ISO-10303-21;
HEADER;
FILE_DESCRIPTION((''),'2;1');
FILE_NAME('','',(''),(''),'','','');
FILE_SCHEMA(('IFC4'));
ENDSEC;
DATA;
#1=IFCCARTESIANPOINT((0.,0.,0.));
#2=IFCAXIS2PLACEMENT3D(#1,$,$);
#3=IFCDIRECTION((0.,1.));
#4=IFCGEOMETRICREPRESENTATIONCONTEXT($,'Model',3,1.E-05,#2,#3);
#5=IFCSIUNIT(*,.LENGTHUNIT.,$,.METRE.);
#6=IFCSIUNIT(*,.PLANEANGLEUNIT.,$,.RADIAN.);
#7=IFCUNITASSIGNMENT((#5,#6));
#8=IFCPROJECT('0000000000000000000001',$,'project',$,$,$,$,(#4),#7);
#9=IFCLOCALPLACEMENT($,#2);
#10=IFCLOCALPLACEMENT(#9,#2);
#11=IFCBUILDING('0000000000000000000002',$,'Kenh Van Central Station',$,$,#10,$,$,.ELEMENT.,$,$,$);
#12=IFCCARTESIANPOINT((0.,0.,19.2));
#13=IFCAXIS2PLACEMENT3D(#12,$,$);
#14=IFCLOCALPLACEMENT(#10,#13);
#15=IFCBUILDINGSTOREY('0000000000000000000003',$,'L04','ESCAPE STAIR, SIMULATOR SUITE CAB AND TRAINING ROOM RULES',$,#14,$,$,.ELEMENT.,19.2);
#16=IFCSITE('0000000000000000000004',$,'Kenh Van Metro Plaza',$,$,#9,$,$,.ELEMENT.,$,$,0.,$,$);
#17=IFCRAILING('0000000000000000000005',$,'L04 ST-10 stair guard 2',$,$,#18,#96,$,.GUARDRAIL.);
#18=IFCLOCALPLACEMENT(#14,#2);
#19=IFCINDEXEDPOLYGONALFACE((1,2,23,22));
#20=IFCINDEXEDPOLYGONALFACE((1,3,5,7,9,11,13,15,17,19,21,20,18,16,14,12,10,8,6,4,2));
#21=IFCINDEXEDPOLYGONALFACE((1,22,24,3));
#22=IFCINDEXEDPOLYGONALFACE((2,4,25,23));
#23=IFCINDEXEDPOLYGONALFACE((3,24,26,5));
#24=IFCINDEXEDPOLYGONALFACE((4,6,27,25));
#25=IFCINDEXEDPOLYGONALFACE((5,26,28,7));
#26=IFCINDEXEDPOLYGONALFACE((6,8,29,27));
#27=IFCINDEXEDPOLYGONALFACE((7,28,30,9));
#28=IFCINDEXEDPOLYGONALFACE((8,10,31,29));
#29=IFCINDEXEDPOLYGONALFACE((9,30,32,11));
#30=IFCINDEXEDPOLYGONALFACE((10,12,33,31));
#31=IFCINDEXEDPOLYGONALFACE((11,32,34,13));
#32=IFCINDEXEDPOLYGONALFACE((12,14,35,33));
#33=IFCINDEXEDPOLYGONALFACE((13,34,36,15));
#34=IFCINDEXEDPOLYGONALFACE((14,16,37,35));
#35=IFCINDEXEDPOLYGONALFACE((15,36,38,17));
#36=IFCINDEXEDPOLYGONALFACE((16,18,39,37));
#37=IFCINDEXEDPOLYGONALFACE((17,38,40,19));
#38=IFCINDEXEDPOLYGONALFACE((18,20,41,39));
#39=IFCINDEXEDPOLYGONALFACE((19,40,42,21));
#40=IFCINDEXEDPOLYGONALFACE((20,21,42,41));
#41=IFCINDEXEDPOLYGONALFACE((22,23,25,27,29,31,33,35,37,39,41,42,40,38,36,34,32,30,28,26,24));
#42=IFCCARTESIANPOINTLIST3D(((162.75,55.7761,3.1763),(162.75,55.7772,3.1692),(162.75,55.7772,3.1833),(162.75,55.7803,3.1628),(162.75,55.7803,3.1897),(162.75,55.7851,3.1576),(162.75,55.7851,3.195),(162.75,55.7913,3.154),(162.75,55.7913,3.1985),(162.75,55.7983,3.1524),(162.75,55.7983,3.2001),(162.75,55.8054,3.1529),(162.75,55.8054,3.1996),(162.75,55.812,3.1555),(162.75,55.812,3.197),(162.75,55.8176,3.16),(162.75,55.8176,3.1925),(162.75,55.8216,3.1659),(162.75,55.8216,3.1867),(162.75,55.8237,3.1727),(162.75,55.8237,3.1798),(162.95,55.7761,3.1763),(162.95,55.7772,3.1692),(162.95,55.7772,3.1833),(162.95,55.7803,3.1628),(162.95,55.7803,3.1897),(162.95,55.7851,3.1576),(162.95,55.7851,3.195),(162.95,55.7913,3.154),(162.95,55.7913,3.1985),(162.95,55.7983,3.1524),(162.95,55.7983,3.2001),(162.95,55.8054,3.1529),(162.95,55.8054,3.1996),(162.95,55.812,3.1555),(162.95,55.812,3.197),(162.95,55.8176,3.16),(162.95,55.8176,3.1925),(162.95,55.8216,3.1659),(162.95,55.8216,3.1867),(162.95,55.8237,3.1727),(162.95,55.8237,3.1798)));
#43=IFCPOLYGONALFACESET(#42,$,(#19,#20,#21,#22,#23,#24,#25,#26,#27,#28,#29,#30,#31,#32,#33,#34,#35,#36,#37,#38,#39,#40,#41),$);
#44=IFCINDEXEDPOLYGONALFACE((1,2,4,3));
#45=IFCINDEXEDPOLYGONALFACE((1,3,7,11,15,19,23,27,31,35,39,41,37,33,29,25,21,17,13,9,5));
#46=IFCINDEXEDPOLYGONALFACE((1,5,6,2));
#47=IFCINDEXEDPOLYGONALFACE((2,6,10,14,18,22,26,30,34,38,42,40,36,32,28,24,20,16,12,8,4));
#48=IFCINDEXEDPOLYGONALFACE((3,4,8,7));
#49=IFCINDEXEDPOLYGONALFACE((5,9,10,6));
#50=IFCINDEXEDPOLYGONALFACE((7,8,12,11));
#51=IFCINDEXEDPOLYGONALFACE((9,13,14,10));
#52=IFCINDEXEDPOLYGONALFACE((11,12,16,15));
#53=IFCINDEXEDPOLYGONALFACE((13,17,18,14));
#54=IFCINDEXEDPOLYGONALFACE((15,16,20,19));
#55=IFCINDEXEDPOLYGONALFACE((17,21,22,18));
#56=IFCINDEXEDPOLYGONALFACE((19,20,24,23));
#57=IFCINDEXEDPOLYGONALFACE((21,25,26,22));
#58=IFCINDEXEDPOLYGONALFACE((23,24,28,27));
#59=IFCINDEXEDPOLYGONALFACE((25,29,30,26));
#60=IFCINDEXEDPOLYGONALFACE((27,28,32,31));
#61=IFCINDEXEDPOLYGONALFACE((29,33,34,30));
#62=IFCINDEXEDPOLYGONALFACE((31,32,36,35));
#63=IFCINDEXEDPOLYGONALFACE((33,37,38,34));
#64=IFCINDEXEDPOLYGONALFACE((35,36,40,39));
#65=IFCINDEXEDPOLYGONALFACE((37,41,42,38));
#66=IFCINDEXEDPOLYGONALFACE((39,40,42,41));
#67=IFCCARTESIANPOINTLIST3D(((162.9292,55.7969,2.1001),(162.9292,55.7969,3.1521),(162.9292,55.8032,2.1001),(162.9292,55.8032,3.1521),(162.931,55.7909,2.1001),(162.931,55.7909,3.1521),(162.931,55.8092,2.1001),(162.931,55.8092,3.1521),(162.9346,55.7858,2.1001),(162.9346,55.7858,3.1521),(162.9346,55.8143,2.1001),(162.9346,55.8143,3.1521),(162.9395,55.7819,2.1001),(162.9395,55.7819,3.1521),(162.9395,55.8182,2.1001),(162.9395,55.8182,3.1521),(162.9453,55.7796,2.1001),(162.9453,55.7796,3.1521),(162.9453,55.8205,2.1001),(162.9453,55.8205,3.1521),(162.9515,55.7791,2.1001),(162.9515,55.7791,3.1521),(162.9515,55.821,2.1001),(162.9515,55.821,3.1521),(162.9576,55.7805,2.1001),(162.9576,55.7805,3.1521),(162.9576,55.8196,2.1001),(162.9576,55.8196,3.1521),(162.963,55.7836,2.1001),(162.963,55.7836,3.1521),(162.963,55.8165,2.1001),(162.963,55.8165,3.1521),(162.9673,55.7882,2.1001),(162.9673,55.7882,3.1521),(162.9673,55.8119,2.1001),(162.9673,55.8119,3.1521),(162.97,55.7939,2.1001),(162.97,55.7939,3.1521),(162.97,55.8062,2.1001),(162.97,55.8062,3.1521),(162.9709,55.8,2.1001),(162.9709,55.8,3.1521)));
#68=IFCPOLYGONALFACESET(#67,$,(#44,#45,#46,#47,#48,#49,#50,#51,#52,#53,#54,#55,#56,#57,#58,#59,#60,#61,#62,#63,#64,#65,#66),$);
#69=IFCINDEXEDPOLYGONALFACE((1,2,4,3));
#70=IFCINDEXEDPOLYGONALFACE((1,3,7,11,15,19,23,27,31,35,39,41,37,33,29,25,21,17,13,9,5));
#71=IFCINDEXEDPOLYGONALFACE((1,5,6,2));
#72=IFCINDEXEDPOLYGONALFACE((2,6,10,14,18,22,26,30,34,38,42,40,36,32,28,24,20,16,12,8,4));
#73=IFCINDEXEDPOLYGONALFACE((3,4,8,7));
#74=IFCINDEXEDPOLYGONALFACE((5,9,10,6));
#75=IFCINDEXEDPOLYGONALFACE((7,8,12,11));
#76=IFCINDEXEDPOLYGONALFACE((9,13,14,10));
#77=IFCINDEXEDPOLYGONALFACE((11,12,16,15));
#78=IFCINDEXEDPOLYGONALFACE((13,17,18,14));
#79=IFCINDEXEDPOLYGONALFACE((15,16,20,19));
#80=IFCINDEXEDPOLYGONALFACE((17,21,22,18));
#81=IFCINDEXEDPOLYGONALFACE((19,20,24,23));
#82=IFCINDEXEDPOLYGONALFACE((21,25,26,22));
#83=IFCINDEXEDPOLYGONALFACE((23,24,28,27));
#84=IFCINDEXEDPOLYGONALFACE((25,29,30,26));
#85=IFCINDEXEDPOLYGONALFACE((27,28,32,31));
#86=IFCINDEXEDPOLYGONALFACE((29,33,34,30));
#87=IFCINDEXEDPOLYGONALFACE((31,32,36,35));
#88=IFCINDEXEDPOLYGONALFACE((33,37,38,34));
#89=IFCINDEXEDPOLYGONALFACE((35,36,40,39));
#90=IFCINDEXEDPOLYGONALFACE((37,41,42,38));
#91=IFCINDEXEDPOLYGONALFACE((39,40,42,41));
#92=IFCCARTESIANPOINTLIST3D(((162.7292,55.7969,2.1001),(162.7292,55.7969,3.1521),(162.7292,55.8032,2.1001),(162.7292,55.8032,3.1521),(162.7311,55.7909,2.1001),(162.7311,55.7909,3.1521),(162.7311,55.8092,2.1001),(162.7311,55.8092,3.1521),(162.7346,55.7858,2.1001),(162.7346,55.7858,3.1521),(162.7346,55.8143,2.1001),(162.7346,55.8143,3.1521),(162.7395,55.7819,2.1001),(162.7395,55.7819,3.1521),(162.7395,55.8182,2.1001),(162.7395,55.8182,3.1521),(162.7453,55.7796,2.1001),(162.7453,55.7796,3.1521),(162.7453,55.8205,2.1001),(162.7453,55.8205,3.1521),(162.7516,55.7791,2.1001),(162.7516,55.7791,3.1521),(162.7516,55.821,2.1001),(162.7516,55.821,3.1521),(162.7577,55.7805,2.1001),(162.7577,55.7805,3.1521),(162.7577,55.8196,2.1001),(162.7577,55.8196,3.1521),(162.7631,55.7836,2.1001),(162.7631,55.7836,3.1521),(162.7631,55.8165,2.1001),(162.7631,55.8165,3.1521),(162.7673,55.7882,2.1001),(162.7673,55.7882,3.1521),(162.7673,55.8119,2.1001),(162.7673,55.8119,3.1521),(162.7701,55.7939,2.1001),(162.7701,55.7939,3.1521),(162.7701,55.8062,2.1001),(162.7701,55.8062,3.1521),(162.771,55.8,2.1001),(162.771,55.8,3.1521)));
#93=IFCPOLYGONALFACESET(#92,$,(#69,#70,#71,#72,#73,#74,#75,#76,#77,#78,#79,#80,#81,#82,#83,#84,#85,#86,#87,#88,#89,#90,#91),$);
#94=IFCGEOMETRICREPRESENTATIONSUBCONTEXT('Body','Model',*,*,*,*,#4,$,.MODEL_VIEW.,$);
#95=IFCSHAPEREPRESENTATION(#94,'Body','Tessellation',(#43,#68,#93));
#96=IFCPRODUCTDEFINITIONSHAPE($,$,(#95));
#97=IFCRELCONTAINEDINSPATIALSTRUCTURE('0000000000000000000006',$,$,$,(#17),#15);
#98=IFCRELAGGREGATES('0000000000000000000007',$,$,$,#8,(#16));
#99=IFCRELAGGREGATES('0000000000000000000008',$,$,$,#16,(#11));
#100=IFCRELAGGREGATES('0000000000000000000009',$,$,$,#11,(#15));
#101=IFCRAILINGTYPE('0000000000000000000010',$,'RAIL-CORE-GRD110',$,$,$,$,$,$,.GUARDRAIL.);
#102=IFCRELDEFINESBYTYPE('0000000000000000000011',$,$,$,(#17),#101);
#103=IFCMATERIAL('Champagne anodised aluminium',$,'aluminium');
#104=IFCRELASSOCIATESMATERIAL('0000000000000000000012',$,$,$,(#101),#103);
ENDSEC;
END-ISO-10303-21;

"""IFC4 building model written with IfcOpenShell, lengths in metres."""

from ifc_helpers import new_model, si_unit, direction, frame, origin, origin_2d, place, context, subcontext, project, spatial, circle, extrude, material, type_object, element, save


model = new_model("IFC4")

# Units and contexts
model_context = context("Model", 3, precision=1e-05, world=origin(), true_north=direction((0.0, 1.0)))
body_context = subcontext(model_context, "Body", "Model", "MODEL_VIEW")
ifc_project = project(units=[si_unit("LENGTHUNIT", "METRE"), si_unit("PLANEANGLEUNIT", "RADIAN")], contexts=[model_context])

# Site, building, storey
site_placement = place(None, origin())
site = spatial("IfcSite", under=ifc_project, at=site_placement, Name="Kenh Van Metro Plaza", CompositionType="ELEMENT", RefElevation=0.0)
building_placement = place(site_placement, origin())
building = spatial("IfcBuilding", under=site, at=building_placement, Name="Kenh Van Central Station", CompositionType="ELEMENT")
storey_placement = place(building_placement, frame((0.0, 0.0, 19.2)))
storey = spatial("IfcBuildingStorey", under=building, at=storey_placement, Name="L04", Description="ESCAPE STAIR, SIMULATOR SUITE CAB AND TRAINING ROOM RULES", CompositionType="ELEMENT", Elevation=19.2)

# Shared definitions
ifc_material_1 = material(Name="Champagne anodised aluminium", Category="aluminium")

# Railing
railing_type_1 = type_object("IfcRailingType", Name="RAIL-CORE-GRD110", PredefinedType="GUARDRAIL", material=ifc_material_1)
railing_1_placement = place(storey_placement, frame((162.95, 55.8, 2.1001)))
element("IfcRailing", 1, at=railing_1_placement, inside=storey, type_object=railing_type_1, Name="L04 ST-10 stair guard 2", PredefinedType="GUARDRAIL", context=body_context, shape_type="SweptSolid", body=[
    extrude(circle(Radius=0.0239, at=origin_2d()), frame((0.0, 0.0, 1.0762), z_axis=(-1.0, 0.0, 0.0), x_axis=(0.0, -1.0, 0.0)), (0.0, 0.0, 1.0), 0.2),
    extrude(circle(Radius=0.021, at=origin_2d()), origin(), (0.0, 0.0, 1.0), 1.052),
    extrude(circle(Radius=0.021, at=origin_2d()), frame((-0.2, 0.0, 0.0)), (0.0, 0.0, 1.0), 1.052),
])

save(model, "model.ifc")
